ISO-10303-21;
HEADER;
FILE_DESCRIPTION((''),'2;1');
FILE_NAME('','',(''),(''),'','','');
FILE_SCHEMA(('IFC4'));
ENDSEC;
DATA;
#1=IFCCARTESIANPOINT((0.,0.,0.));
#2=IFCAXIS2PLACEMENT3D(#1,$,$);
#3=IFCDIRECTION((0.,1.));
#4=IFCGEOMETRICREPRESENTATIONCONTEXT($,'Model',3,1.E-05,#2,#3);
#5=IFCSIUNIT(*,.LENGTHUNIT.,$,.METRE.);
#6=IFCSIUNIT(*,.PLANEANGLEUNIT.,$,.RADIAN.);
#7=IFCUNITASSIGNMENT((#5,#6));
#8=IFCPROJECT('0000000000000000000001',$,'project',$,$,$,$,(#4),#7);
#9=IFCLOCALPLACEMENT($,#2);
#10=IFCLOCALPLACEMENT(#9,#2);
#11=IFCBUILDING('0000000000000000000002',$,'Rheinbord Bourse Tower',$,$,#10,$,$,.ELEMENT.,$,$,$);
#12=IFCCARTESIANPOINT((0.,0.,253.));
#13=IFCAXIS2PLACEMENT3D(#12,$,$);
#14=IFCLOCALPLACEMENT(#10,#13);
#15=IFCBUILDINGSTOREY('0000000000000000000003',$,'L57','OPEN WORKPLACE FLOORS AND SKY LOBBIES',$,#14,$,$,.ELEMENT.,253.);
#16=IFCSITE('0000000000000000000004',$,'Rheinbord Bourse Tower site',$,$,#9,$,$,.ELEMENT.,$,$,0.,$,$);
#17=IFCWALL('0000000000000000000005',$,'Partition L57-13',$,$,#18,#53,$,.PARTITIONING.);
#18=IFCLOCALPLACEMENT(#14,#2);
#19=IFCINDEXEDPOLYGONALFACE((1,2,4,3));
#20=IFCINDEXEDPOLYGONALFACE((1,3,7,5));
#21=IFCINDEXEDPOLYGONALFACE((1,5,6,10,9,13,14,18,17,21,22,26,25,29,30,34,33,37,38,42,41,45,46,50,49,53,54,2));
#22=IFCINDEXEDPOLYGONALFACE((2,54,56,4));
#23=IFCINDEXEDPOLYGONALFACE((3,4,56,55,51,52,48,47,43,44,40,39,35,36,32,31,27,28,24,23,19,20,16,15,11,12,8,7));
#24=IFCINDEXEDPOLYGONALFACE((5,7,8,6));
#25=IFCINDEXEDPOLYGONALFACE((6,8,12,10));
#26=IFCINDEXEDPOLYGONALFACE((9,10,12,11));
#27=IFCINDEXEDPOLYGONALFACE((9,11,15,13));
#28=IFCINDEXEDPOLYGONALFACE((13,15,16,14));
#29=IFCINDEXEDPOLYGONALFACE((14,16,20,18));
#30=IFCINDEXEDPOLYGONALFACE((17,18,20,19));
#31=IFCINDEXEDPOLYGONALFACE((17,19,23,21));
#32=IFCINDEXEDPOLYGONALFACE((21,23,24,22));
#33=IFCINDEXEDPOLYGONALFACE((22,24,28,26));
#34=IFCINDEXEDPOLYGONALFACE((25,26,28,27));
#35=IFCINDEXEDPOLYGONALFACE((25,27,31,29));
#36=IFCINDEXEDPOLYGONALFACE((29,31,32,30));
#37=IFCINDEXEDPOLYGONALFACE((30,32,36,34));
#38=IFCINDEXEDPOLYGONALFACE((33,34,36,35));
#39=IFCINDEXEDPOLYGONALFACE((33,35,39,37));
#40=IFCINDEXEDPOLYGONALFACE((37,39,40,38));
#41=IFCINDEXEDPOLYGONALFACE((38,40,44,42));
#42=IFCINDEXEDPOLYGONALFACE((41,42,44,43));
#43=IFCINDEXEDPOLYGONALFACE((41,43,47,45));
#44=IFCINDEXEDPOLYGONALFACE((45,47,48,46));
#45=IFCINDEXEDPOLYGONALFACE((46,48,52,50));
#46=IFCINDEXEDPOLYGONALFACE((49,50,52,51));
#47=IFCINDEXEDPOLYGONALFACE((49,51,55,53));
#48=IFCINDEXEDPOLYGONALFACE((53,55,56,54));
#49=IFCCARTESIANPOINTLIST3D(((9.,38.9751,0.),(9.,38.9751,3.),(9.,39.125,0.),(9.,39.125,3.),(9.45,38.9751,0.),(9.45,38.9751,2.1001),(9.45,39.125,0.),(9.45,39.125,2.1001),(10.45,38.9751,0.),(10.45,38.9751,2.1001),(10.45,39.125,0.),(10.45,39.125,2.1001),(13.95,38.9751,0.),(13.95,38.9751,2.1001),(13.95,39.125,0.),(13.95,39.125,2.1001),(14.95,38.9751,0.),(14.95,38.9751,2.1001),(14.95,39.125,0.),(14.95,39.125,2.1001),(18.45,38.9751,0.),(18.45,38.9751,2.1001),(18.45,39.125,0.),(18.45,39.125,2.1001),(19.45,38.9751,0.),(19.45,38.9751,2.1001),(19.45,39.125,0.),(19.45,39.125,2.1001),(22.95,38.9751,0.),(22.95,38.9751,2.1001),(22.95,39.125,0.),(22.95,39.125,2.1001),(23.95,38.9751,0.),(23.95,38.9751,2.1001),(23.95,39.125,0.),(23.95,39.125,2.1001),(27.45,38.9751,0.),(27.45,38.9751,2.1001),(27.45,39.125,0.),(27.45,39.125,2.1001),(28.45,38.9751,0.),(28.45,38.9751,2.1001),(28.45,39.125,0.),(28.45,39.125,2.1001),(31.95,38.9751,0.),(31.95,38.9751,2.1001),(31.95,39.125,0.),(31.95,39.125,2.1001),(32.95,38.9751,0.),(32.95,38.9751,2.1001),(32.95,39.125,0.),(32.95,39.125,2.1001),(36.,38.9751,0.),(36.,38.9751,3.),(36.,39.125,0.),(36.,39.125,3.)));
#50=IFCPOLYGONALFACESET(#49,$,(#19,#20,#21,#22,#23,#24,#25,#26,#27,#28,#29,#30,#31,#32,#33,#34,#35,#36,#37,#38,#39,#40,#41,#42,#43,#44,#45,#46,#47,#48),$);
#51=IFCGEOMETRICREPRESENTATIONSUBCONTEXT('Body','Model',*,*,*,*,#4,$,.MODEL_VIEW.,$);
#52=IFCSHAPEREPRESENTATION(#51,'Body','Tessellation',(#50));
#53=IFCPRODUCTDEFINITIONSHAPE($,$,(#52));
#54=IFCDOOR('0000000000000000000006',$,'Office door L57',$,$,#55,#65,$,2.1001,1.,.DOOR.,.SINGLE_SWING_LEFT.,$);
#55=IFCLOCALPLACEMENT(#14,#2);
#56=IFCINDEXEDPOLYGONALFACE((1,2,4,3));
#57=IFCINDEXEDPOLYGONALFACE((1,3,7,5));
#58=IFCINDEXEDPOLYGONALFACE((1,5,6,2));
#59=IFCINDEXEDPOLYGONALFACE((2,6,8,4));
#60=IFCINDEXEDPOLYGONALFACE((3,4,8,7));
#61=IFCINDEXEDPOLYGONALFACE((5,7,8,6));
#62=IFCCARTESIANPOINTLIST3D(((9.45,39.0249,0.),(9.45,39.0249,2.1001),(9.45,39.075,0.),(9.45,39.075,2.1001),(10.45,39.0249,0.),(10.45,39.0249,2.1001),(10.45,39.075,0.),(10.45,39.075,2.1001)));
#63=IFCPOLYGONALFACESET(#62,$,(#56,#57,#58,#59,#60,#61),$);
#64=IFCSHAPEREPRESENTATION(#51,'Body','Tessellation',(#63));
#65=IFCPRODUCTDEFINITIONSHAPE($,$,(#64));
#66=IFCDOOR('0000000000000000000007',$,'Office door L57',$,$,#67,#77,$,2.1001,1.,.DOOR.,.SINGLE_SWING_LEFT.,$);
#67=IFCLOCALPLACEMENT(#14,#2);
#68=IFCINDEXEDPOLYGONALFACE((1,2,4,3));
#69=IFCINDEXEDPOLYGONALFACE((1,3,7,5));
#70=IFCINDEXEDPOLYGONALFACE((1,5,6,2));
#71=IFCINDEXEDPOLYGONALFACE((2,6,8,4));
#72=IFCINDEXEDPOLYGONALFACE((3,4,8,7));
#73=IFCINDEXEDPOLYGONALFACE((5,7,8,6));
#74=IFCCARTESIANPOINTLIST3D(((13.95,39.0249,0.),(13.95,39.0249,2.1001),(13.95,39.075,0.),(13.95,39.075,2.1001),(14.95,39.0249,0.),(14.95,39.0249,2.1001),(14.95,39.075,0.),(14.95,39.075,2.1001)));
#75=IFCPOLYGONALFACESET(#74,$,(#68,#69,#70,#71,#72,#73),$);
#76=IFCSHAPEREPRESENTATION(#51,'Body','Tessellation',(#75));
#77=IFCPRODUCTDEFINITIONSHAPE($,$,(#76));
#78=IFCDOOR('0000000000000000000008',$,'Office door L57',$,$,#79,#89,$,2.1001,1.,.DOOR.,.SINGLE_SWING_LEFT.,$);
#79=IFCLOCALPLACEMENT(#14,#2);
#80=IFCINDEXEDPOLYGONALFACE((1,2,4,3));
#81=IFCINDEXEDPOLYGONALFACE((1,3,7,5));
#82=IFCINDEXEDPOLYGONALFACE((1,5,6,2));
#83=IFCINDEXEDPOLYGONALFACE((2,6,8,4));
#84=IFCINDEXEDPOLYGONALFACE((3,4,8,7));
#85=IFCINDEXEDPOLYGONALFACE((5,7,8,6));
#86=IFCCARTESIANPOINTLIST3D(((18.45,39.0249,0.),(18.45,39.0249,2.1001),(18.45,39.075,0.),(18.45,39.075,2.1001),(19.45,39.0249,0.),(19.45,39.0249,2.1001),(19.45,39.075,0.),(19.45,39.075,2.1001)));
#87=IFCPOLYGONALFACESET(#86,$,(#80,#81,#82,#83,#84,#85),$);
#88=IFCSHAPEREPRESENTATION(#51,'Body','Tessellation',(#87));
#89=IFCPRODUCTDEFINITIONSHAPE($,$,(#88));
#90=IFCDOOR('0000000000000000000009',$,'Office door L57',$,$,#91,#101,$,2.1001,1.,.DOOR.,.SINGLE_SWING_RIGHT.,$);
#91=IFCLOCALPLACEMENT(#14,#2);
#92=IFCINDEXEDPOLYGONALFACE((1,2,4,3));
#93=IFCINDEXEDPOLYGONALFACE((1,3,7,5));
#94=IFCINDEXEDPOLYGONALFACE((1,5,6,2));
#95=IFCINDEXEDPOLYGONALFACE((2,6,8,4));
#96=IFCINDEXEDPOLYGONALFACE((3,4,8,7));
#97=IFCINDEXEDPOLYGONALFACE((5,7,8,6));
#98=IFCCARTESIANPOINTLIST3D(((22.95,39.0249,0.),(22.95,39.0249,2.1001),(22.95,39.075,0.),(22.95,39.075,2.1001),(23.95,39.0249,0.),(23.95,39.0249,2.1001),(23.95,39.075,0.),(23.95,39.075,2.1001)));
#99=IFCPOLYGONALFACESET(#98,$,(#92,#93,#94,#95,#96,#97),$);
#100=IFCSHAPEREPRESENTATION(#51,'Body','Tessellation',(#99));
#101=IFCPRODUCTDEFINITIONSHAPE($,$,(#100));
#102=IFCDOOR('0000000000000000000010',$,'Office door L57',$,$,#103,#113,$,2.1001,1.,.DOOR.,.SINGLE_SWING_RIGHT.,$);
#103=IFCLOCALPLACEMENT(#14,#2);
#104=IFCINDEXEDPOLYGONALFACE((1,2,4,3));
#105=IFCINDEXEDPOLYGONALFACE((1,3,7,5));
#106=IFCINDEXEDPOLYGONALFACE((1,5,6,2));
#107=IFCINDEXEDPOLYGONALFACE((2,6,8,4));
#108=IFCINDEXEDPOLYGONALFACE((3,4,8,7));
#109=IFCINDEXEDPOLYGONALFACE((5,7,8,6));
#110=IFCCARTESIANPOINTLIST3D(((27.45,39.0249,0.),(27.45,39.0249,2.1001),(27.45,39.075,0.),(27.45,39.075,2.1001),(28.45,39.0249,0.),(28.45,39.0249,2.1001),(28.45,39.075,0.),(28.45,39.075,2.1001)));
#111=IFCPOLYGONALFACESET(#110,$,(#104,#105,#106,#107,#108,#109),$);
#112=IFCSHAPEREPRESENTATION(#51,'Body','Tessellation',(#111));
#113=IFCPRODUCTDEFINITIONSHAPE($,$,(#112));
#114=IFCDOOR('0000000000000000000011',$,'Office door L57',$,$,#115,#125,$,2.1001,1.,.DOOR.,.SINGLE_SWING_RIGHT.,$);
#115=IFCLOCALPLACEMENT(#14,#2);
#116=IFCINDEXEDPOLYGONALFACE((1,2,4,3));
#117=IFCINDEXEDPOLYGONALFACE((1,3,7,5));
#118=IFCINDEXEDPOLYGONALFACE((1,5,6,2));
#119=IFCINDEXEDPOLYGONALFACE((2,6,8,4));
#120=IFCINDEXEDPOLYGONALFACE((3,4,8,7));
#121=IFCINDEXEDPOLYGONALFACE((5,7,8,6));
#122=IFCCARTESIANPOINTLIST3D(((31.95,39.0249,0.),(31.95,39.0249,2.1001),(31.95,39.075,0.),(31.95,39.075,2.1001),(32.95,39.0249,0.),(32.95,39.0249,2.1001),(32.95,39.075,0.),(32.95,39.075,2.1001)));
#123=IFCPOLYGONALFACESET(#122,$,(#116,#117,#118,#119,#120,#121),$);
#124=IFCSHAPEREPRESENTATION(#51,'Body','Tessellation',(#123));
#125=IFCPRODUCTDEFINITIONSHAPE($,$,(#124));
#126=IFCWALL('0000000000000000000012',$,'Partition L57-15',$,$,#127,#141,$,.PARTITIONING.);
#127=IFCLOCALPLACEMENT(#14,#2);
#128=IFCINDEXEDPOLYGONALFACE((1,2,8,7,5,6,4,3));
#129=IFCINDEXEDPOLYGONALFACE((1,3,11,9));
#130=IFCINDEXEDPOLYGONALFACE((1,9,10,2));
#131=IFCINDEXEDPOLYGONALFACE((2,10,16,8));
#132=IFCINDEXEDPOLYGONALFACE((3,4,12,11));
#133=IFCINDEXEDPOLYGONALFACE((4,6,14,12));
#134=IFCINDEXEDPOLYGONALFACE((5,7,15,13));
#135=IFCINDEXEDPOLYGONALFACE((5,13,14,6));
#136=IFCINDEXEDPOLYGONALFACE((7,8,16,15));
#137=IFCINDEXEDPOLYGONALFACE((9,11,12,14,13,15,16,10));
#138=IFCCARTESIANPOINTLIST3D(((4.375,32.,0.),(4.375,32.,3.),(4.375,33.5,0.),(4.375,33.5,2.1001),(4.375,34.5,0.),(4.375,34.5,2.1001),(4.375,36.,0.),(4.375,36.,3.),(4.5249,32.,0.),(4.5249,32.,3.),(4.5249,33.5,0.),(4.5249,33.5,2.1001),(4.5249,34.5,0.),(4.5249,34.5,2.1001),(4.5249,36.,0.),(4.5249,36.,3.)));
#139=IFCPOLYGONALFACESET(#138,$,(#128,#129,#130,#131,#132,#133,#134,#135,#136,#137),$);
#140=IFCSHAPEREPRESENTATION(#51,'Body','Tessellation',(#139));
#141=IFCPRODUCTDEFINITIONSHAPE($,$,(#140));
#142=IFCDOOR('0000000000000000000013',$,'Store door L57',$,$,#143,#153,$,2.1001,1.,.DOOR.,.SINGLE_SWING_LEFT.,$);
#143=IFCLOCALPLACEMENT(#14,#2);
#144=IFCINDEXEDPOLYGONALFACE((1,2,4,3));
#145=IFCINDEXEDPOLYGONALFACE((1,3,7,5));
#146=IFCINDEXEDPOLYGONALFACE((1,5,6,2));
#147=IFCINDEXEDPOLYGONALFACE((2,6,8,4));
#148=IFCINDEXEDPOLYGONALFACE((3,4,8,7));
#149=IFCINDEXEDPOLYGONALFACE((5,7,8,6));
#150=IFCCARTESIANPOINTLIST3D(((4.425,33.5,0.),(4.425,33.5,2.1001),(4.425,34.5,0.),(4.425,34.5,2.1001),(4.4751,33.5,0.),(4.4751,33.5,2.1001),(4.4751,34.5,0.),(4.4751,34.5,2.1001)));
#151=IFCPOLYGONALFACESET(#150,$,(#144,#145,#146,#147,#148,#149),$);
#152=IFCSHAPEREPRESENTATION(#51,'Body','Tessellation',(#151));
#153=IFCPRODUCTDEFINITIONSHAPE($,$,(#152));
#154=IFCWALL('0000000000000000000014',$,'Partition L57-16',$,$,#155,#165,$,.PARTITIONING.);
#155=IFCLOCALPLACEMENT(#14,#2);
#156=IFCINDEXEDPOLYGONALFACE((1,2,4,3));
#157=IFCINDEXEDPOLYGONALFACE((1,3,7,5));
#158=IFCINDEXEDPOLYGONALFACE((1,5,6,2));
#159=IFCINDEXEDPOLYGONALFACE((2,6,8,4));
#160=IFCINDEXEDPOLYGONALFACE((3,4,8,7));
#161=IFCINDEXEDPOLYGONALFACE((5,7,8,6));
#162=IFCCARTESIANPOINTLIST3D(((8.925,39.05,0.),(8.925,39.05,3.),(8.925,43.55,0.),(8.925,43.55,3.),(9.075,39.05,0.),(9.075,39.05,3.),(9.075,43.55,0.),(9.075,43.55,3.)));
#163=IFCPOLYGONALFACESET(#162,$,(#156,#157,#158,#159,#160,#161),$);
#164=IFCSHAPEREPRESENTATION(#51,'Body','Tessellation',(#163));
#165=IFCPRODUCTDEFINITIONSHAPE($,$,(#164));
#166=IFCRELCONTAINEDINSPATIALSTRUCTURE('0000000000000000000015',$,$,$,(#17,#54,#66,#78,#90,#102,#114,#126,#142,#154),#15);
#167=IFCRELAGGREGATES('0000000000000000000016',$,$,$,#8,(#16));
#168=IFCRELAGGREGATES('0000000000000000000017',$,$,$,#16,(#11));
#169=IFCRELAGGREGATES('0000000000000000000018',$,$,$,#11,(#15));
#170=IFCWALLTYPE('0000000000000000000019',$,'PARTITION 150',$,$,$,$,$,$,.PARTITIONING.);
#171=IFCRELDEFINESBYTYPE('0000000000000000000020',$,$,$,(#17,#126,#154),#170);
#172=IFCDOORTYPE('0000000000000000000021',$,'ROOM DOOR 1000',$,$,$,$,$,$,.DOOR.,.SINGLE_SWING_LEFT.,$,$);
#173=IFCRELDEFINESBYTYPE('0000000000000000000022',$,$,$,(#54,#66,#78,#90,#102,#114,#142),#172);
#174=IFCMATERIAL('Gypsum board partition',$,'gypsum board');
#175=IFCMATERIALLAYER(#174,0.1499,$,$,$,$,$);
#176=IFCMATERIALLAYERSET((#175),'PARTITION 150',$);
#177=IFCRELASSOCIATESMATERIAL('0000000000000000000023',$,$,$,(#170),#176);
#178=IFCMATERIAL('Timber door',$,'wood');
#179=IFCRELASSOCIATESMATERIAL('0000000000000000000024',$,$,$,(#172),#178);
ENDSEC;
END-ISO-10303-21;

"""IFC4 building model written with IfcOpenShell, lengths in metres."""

from ifc_helpers import new_model, si_unit, direction, frame, frame_2d, origin, place, context, subcontext, project, spatial, rectangle, extrude, material, layer, layer_set, type_object, element, fill, save


model = new_model("IFC4")

# Units and contexts
model_context = context("Model", 3, precision=1e-05, world=origin(), true_north=direction((0.0, 1.0)))
body_context = subcontext(model_context, "Body", "Model", "MODEL_VIEW")
ifc_project = project(units=[si_unit("LENGTHUNIT", "METRE"), si_unit("PLANEANGLEUNIT", "RADIAN")], contexts=[model_context])

# Site, building, storey
site_placement = place(None, origin())
site = spatial("IfcSite", under=ifc_project, at=site_placement, Name="Rheinbord Bourse Tower site", CompositionType="ELEMENT", RefElevation=0.0)
building_placement = place(site_placement, origin())
building = spatial("IfcBuilding", under=site, at=building_placement, Name="Rheinbord Bourse Tower", CompositionType="ELEMENT")
storey_placement = place(building_placement, frame((0.0, 0.0, 253.0)))
storey = spatial("IfcBuildingStorey", under=building, at=storey_placement, Name="L57", Description="OPEN WORKPLACE FLOORS AND SKY LOBBIES", CompositionType="ELEMENT", Elevation=253.0)

# Shared definitions
ifc_material_1 = material(Name="Gypsum board partition", Category="gypsum board")
ifc_layer_1 = layer(ifc_material_1, 0.1499)
ifc_layer_set_1 = layer_set([ifc_layer_1], Name="PARTITION 150")
wall_type = type_object("IfcWallType", Name="PARTITION 150", PredefinedType="PARTITIONING", material=ifc_layer_set_1)

# Wall, openings, doors
wall_1_placement = place(storey_placement, frame((9.0, 39.05, 0.0), z_axis=(0.0, 0.0, 1.0), x_axis=(1.0, 0.0, 0.0)))
wall_1 = element("IfcWall", 1, at=wall_1_placement, inside=storey, type_object=wall_type, Name="Partition L57-13", PredefinedType="PARTITIONING", context=body_context, shape_type="SweptSolid", body=[
    extrude(rectangle(XDim=27.0, YDim=0.1499, at=frame_2d((13.5, 0.0))), origin(), (0.0, 0.0, 1.0), 3.0),
])
opening_1_placement = place(wall_1_placement, frame((0.45, 0.0, 0.0)))
opening_1 = element("IfcOpeningElement", 2, at=opening_1_placement, cuts=wall_1, PredefinedType="OPENING", context=body_context, shape_type="SweptSolid", body=[
    extrude(rectangle(XDim=1.0, YDim=2.1001, at=frame_2d((0.5, 1.05))), frame((0.0, 0.085, 0.0), z_axis=(0.0, -1.0, 0.0), x_axis=(1.0, 0.0, 0.0)), (0.0, 0.0, 1.0), 0.1699),
])
opening_2_placement = place(wall_1_placement, frame((4.95, 0.0, 0.0)))
opening_2 = element("IfcOpeningElement", 3, at=opening_2_placement, cuts=wall_1, PredefinedType="OPENING", context=body_context, shape_type="SweptSolid", body=[
    extrude(rectangle(XDim=1.0, YDim=2.1001, at=frame_2d((0.5, 1.05))), frame((0.0, 0.085, 0.0), z_axis=(0.0, -1.0, 0.0), x_axis=(1.0, 0.0, 0.0)), (0.0, 0.0, 1.0), 0.1699),
])
opening_3_placement = place(wall_1_placement, frame((9.45, 0.0, 0.0)))
opening_3 = element("IfcOpeningElement", 4, at=opening_3_placement, cuts=wall_1, PredefinedType="OPENING", context=body_context, shape_type="SweptSolid", body=[
    extrude(rectangle(XDim=1.0, YDim=2.1001, at=frame_2d((0.5, 1.05))), frame((0.0, 0.085, 0.0), z_axis=(0.0, -1.0, 0.0), x_axis=(1.0, 0.0, 0.0)), (0.0, 0.0, 1.0), 0.1699),
])
opening_4_placement = place(wall_1_placement, frame((13.95, 0.0, 0.0)))
opening_4 = element("IfcOpeningElement", 5, at=opening_4_placement, cuts=wall_1, PredefinedType="OPENING", context=body_context, shape_type="SweptSolid", body=[
    extrude(rectangle(XDim=1.0, YDim=2.1001, at=frame_2d((0.5, 1.05))), frame((0.0, 0.085, 0.0), z_axis=(0.0, -1.0, 0.0), x_axis=(1.0, 0.0, 0.0)), (0.0, 0.0, 1.0), 0.1699),
])
opening_5_placement = place(wall_1_placement, frame((18.45, 0.0, 0.0)))
opening_5 = element("IfcOpeningElement", 6, at=opening_5_placement, cuts=wall_1, PredefinedType="OPENING", context=body_context, shape_type="SweptSolid", body=[
    extrude(rectangle(XDim=1.0, YDim=2.1001, at=frame_2d((0.5, 1.05))), frame((0.0, 0.085, 0.0), z_axis=(0.0, -1.0, 0.0), x_axis=(1.0, 0.0, 0.0)), (0.0, 0.0, 1.0), 0.1699),
])
opening_6_placement = place(wall_1_placement, frame((22.95, 0.0, 0.0)))
opening_6 = element("IfcOpeningElement", 7, at=opening_6_placement, cuts=wall_1, PredefinedType="OPENING", context=body_context, shape_type="SweptSolid", body=[
    extrude(rectangle(XDim=1.0, YDim=2.1001, at=frame_2d((0.5, 1.05))), frame((0.0, 0.085, 0.0), z_axis=(0.0, -1.0, 0.0), x_axis=(1.0, 0.0, 0.0)), (0.0, 0.0, 1.0), 0.1699),
])
ifc_material_2 = material(Name="Timber door", Category="wood")
door_type = type_object("IfcDoorType", Name="ROOM DOOR 1000", OperationType="SINGLE_SWING_LEFT", PredefinedType="DOOR", material=ifc_material_2)
door_1_placement = place(opening_1_placement, origin())
door_1 = element("IfcDoor", 8, at=door_1_placement, inside=storey, type_object=door_type, Name="Office door L57", OperationType="SINGLE_SWING_LEFT", OverallHeight=2.1001, OverallWidth=1.0, PredefinedType="DOOR", context=body_context, shape_type="SweptSolid", body=[
    extrude(rectangle(XDim=1.0, YDim=2.1001, at=frame_2d((0.5, 1.05))), frame((0.0, 0.0249, 0.0), z_axis=(0.0, -1.0, 0.0), x_axis=(1.0, 0.0, 0.0)), (0.0, 0.0, 1.0), 0.05),
])
fill(opening_1, door_1)
door_2_placement = place(opening_2_placement, origin())
door_2 = element("IfcDoor", 9, at=door_2_placement, inside=storey, type_object=door_type, Name="Office door L57", OperationType="SINGLE_SWING_LEFT", OverallHeight=2.1001, OverallWidth=1.0, PredefinedType="DOOR", context=body_context, shape_type="SweptSolid", body=[
    extrude(rectangle(XDim=1.0, YDim=2.1001, at=frame_2d((0.5, 1.05))), frame((0.0, 0.0249, 0.0), z_axis=(0.0, -1.0, 0.0), x_axis=(1.0, 0.0, 0.0)), (0.0, 0.0, 1.0), 0.05),
])
fill(opening_2, door_2)
door_3_placement = place(opening_3_placement, origin())
door_3 = element("IfcDoor", 10, at=door_3_placement, inside=storey, type_object=door_type, Name="Office door L57", OperationType="SINGLE_SWING_LEFT", OverallHeight=2.1001, OverallWidth=1.0, PredefinedType="DOOR", context=body_context, shape_type="SweptSolid", body=[
    extrude(rectangle(XDim=1.0, YDim=2.1001, at=frame_2d((0.5, 1.05))), frame((0.0, 0.0249, 0.0), z_axis=(0.0, -1.0, 0.0), x_axis=(1.0, 0.0, 0.0)), (0.0, 0.0, 1.0), 0.05),
])
fill(opening_3, door_3)
door_4_placement = place(opening_4_placement, origin())
door_4 = element("IfcDoor", 11, at=door_4_placement, inside=storey, type_object=door_type, Name="Office door L57", OperationType="SINGLE_SWING_RIGHT", OverallHeight=2.1001, OverallWidth=1.0, PredefinedType="DOOR", context=body_context, shape_type="SweptSolid", body=[
    extrude(rectangle(XDim=1.0, YDim=2.1001, at=frame_2d((0.5, 1.05))), frame((0.0, 0.0249, 0.0), z_axis=(0.0, -1.0, 0.0), x_axis=(1.0, 0.0, 0.0)), (0.0, 0.0, 1.0), 0.05),
])
fill(opening_4, door_4)
door_5_placement = place(opening_5_placement, origin())
door_5 = element("IfcDoor", 12, at=door_5_placement, inside=storey, type_object=door_type, Name="Office door L57", OperationType="SINGLE_SWING_RIGHT", OverallHeight=2.1001, OverallWidth=1.0, PredefinedType="DOOR", context=body_context, shape_type="SweptSolid", body=[
    extrude(rectangle(XDim=1.0, YDim=2.1001, at=frame_2d((0.5, 1.05))), frame((0.0, 0.0249, 0.0), z_axis=(0.0, -1.0, 0.0), x_axis=(1.0, 0.0, 0.0)), (0.0, 0.0, 1.0), 0.05),
])
fill(opening_5, door_5)
door_6_placement = place(opening_6_placement, origin())
door_6 = element("IfcDoor", 13, at=door_6_placement, inside=storey, type_object=door_type, Name="Office door L57", OperationType="SINGLE_SWING_RIGHT", OverallHeight=2.1001, OverallWidth=1.0, PredefinedType="DOOR", context=body_context, shape_type="SweptSolid", body=[
    extrude(rectangle(XDim=1.0, YDim=2.1001, at=frame_2d((0.5, 1.05))), frame((0.0, 0.0249, 0.0), z_axis=(0.0, -1.0, 0.0), x_axis=(1.0, 0.0, 0.0)), (0.0, 0.0, 1.0), 0.05),
])
fill(opening_6, door_6)

# Wall, opening, door
wall_2_placement = place(storey_placement, frame((4.45, 32.0, 0.0), z_axis=(0.0, 0.0, 1.0), x_axis=(0.0, 1.0, 0.0)))
wall_2 = element("IfcWall", 14, at=wall_2_placement, inside=storey, type_object=wall_type, Name="Partition L57-15", PredefinedType="PARTITIONING", context=body_context, shape_type="SweptSolid", body=[
    extrude(rectangle(XDim=4.0, YDim=0.1499, at=frame_2d((2.0, 0.0))), origin(), (0.0, 0.0, 1.0), 3.0),
])
opening_7_placement = place(wall_2_placement, frame((1.5, 0.0, 0.0)))
opening_7 = element("IfcOpeningElement", 15, at=opening_7_placement, cuts=wall_2, PredefinedType="OPENING", context=body_context, shape_type="SweptSolid", body=[
    extrude(rectangle(XDim=1.0, YDim=2.1001, at=frame_2d((0.5, 1.05))), frame((0.0, 0.085, 0.0), z_axis=(0.0, -1.0, 0.0), x_axis=(1.0, 0.0, 0.0)), (0.0, 0.0, 1.0), 0.1699),
])
door_7_placement = place(opening_7_placement, origin())
door_7 = element("IfcDoor", 16, at=door_7_placement, inside=storey, type_object=door_type, Name="Store door L57", OperationType="SINGLE_SWING_LEFT", OverallHeight=2.1001, OverallWidth=1.0, PredefinedType="DOOR", context=body_context, shape_type="SweptSolid", body=[
    extrude(rectangle(XDim=1.0, YDim=2.1001, at=frame_2d((0.5, 1.05))), frame((0.0, 0.0249, 0.0), z_axis=(0.0, -1.0, 0.0), x_axis=(1.0, 0.0, 0.0)), (0.0, 0.0, 1.0), 0.05),
])
fill(opening_7, door_7)

# Wall
wall_3_placement = place(storey_placement, frame((9.0, 39.05, 0.0), z_axis=(0.0, 0.0, 1.0), x_axis=(0.0, 1.0, 0.0)))
element("IfcWall", 17, at=wall_3_placement, inside=storey, type_object=wall_type, Name="Partition L57-16", PredefinedType="PARTITIONING", context=body_context, shape_type="SweptSolid", body=[
    extrude(rectangle(XDim=4.5, YDim=0.1499, at=frame_2d((2.25, 0.0))), origin(), (0.0, 0.0, 1.0), 3.0),
])

save(model, "model.ifc")
